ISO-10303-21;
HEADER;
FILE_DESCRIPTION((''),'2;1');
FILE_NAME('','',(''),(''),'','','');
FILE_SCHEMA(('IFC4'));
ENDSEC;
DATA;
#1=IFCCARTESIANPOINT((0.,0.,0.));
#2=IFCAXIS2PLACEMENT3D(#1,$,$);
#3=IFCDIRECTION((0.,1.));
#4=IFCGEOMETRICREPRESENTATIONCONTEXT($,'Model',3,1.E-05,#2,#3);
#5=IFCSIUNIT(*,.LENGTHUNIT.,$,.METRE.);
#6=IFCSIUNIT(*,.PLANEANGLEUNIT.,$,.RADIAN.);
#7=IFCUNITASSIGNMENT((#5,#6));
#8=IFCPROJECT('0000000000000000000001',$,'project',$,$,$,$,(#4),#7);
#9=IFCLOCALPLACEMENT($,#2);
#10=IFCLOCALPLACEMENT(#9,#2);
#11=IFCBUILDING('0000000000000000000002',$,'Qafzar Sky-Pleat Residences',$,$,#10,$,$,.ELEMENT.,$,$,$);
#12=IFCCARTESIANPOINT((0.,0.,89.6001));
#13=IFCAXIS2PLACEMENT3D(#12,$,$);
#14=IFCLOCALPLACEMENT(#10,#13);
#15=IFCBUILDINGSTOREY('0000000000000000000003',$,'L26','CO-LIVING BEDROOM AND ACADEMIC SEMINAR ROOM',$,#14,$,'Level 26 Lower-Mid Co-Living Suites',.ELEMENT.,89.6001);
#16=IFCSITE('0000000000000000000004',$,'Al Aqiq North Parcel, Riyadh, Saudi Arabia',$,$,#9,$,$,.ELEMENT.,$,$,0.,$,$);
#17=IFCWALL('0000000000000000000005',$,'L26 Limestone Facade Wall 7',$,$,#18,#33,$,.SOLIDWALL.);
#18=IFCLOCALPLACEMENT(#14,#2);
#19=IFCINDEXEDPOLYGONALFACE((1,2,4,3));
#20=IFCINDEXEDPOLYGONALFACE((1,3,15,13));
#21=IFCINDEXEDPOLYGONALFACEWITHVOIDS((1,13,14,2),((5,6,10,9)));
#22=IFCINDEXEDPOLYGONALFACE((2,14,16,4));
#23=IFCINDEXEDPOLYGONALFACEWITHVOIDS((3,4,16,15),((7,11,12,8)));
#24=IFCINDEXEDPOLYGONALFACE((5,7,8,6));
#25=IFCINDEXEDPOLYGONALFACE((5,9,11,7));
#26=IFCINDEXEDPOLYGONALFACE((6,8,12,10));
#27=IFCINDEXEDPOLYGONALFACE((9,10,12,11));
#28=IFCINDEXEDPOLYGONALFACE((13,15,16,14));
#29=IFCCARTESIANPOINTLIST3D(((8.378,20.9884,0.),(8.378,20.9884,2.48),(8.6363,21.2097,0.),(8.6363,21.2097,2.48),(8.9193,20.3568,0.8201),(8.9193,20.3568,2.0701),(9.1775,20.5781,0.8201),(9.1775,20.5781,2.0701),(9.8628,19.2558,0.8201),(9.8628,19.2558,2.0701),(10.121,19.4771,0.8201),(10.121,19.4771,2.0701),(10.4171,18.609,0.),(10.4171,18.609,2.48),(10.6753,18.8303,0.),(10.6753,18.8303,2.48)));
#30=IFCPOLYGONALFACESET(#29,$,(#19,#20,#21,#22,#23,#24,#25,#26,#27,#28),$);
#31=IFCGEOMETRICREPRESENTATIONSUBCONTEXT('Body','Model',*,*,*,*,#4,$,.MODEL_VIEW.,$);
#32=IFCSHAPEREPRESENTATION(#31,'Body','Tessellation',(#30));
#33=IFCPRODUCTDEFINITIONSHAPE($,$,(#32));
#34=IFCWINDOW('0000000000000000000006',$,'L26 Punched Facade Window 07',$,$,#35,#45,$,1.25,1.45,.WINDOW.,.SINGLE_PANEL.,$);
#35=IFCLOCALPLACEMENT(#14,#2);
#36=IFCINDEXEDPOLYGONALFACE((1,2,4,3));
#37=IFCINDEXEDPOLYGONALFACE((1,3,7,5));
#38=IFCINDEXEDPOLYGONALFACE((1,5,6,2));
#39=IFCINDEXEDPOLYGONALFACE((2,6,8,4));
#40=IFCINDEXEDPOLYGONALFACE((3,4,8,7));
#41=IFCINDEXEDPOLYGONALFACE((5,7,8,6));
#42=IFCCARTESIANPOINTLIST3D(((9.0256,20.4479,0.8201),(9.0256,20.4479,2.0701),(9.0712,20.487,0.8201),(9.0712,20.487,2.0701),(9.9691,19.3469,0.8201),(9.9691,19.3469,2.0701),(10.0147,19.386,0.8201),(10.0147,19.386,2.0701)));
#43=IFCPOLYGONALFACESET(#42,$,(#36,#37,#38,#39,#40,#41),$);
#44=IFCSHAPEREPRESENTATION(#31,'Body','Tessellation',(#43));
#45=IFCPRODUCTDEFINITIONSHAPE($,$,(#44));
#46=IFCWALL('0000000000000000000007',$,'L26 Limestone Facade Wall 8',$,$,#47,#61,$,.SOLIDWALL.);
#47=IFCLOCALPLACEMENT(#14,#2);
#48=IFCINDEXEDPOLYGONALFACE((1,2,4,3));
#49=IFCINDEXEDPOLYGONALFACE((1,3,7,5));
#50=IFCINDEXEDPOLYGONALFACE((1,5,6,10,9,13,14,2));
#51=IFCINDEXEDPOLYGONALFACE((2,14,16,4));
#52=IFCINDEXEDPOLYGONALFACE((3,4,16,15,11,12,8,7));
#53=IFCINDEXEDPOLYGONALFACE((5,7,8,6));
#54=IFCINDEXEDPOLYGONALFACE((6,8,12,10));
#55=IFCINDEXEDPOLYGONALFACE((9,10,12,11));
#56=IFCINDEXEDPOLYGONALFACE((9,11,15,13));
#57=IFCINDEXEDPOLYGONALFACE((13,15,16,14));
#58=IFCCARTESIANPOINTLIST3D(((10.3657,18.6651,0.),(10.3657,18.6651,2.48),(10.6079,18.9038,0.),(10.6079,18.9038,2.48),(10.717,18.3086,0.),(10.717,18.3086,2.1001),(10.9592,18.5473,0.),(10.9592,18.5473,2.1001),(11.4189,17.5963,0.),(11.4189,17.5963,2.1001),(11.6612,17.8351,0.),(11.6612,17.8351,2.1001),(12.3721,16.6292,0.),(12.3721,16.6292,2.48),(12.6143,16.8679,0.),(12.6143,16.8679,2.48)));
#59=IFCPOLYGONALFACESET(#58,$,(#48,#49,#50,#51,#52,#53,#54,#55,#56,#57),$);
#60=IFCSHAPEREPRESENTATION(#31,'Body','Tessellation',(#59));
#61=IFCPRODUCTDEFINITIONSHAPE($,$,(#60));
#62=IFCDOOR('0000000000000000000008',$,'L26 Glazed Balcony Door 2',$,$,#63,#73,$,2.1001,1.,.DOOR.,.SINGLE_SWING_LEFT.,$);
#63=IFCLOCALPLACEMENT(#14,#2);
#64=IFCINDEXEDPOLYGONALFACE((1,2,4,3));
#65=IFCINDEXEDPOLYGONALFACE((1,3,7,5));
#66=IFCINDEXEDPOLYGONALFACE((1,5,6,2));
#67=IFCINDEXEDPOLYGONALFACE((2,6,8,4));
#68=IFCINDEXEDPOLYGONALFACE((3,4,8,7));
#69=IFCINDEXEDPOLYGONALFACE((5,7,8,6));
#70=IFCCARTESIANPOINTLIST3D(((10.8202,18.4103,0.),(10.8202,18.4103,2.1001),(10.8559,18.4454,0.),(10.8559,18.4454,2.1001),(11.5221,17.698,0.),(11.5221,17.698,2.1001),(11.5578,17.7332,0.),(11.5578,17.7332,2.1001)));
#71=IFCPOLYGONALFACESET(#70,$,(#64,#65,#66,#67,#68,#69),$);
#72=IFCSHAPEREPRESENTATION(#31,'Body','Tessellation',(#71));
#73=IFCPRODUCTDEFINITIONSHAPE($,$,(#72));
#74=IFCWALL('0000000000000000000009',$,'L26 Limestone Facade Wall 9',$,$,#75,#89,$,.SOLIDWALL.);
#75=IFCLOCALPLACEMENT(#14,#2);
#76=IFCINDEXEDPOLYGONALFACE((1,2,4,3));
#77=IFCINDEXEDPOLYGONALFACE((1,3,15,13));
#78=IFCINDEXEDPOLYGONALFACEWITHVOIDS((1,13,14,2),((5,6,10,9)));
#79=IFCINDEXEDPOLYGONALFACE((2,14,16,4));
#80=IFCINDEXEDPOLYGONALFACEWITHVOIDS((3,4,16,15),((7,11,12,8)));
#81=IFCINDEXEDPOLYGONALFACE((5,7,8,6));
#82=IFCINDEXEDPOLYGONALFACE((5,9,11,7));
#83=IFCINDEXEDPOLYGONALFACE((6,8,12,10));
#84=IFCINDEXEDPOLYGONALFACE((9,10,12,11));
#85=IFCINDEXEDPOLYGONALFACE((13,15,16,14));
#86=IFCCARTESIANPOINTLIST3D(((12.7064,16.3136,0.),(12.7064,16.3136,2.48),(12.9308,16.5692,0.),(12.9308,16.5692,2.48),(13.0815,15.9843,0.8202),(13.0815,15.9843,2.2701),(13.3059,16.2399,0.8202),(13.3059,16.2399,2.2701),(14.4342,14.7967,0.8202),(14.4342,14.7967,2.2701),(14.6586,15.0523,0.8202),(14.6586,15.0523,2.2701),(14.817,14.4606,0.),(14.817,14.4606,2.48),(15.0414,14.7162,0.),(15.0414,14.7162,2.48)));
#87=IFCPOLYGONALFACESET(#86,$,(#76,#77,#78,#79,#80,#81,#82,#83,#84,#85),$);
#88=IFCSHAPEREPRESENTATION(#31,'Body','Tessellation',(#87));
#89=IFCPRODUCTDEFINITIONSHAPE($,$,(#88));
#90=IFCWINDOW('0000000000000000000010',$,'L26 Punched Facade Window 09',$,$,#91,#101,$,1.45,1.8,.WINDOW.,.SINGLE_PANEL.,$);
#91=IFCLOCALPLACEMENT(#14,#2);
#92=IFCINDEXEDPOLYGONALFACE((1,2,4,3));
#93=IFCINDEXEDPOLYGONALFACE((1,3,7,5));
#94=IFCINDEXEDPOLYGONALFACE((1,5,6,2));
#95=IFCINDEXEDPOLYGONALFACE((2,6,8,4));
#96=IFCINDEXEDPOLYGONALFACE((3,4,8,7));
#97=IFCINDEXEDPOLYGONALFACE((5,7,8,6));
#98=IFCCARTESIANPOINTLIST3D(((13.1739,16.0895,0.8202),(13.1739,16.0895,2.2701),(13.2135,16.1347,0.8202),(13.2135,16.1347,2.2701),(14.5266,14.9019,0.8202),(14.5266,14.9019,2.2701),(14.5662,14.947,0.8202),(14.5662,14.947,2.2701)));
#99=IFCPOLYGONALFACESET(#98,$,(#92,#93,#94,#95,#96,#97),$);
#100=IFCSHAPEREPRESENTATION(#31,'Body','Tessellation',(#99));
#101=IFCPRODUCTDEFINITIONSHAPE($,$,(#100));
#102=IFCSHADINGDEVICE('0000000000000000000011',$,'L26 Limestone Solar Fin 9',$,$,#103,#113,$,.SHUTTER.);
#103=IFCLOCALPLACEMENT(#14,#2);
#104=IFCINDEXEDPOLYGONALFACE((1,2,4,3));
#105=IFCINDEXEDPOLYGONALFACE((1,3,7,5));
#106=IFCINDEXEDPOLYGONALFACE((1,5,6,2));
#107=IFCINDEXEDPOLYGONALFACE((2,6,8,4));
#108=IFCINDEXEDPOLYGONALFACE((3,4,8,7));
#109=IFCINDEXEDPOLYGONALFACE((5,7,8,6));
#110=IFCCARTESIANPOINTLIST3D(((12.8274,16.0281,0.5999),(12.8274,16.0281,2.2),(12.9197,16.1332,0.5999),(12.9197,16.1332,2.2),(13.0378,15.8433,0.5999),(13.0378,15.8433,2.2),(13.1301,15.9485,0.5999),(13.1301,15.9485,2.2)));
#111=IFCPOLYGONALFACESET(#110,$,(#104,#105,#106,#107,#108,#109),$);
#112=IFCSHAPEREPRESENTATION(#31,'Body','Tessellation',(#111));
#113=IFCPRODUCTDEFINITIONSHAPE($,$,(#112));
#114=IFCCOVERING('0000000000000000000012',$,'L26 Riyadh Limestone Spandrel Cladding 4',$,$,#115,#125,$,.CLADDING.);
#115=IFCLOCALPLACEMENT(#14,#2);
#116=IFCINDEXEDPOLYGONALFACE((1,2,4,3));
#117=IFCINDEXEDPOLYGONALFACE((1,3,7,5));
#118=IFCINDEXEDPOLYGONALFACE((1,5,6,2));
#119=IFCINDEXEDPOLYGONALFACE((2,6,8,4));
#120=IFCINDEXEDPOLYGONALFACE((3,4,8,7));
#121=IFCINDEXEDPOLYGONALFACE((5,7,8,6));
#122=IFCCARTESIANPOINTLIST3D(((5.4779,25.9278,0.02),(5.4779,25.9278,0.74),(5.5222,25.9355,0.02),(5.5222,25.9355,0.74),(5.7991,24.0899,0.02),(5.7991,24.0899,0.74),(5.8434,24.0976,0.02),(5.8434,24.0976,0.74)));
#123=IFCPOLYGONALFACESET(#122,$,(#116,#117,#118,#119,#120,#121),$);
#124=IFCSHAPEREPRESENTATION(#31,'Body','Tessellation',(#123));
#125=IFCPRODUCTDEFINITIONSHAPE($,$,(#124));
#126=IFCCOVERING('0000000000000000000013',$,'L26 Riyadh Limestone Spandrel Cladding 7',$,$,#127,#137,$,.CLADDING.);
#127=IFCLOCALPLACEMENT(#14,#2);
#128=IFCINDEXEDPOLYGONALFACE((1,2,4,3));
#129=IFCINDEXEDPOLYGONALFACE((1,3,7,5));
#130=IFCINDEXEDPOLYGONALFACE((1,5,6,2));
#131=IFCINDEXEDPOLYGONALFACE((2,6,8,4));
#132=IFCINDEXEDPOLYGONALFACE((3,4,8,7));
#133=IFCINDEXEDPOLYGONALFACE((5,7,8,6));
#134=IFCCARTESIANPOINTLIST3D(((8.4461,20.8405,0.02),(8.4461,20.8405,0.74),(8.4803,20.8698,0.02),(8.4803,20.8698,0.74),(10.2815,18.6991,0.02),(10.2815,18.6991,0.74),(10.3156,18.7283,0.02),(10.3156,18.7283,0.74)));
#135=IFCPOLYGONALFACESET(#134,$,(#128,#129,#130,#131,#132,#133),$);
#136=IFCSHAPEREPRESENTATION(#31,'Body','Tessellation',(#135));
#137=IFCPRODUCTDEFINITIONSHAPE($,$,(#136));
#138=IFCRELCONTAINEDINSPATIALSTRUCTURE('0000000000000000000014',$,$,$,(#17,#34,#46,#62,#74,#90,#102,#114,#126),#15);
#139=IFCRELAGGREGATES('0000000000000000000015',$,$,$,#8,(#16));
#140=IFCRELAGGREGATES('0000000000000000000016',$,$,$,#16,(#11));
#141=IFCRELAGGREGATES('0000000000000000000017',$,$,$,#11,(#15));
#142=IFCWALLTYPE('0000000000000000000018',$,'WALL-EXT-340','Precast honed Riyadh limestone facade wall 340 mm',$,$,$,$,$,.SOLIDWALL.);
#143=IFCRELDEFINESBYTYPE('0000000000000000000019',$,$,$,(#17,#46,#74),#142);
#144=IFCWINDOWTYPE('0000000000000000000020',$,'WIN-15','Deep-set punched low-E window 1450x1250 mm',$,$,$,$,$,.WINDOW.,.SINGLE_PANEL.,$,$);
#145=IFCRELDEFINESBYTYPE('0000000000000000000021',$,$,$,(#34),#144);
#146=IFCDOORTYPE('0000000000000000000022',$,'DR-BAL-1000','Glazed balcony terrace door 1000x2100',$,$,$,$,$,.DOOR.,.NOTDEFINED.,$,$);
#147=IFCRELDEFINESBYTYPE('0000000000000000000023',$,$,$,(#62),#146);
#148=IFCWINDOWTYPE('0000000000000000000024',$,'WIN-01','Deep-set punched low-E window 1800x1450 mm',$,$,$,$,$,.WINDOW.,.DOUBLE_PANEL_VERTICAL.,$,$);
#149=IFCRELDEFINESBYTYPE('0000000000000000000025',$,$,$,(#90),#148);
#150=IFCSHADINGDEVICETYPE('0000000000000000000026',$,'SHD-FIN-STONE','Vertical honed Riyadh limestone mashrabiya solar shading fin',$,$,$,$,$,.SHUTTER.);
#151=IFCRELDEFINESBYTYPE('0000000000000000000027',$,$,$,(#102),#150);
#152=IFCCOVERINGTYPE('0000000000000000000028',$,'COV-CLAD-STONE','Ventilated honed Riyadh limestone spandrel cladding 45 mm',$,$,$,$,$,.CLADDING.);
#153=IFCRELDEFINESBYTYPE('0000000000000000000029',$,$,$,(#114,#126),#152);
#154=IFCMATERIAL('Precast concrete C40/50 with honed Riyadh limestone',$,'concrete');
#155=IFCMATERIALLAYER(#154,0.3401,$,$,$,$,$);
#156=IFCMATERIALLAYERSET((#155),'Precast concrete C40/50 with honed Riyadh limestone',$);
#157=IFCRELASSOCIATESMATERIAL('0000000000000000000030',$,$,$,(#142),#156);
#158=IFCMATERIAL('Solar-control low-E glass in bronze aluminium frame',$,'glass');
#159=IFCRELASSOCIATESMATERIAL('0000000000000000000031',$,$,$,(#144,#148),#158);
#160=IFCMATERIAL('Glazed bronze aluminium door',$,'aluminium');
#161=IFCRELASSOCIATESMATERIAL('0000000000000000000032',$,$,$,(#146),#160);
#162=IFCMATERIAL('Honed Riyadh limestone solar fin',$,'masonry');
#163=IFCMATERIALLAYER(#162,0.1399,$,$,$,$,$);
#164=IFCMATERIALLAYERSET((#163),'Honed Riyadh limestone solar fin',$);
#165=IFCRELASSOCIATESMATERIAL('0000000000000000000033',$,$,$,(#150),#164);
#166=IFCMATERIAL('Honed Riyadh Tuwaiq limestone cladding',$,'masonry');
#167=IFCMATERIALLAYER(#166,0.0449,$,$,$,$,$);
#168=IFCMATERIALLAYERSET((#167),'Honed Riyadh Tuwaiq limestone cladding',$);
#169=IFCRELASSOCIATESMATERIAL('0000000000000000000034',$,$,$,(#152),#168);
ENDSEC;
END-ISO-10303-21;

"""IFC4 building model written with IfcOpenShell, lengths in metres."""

from ifc_helpers import new_model, si_unit, direction, frame, frame_2d, origin, origin_2d, place, context, subcontext, project, spatial, rectangle, extrude, source, transform, mapped, material, layer, layer_set, type_object, element, fill, save


model = new_model("IFC4")

# Units and contexts
model_context = context("Model", 3, precision=1e-05, world=origin(), true_north=direction((0.0, 1.0)))
body_context = subcontext(model_context, "Body", "Model", "MODEL_VIEW")
ifc_project = project(units=[si_unit("LENGTHUNIT", "METRE"), si_unit("PLANEANGLEUNIT", "RADIAN")], contexts=[model_context])

# Site, building, storey
site_placement = place(None, origin())
site = spatial("IfcSite", under=ifc_project, at=site_placement, Name="Al Aqiq North Parcel, Riyadh, Saudi Arabia", CompositionType="ELEMENT", RefElevation=0.0)
building_placement = place(site_placement, origin())
building = spatial("IfcBuilding", under=site, at=building_placement, Name="Qafzar Sky-Pleat Residences", CompositionType="ELEMENT")
storey_placement = place(building_placement, frame((0.0, 0.0, 89.6001)))
storey = spatial("IfcBuildingStorey", under=building, at=storey_placement, Name="L26", Description="CO-LIVING BEDROOM AND ACADEMIC SEMINAR ROOM", LongName="Level 26 Lower-Mid Co-Living Suites", CompositionType="ELEMENT", Elevation=89.6001)

# Shared definitions
ifc_material_1 = material(Name="Precast concrete C40/50 with honed Riyadh limestone", Category="concrete")
ifc_layer_1 = layer(ifc_material_1, 0.3401)
ifc_layer_set_1 = layer_set([ifc_layer_1], Name="Precast concrete C40/50 with honed Riyadh limestone")
wall_type_1 = type_object("IfcWallType", Name="WALL-EXT-340", Description="Precast honed Riyadh limestone facade wall 340 mm", PredefinedType="SOLIDWALL", material=ifc_layer_set_1)
ifc_material_2 = material(Name="Solar-control low-E glass in bronze aluminium frame", Category="glass")

# Wall, opening, window
window_type_1 = type_object("IfcWindowType", Name="WIN-15", Description="Deep-set punched low-E window 1450x1250 mm", PartitioningType="SINGLE_PANEL", PredefinedType="WINDOW", material=ifc_material_2)
shared_shape_1 = source(origin(), body_context, "Body", "SweptSolid", [
    extrude(rectangle(XDim=1.45, YDim=1.25, at=frame_2d((0.7251, 0.625))), frame((0.0, 0.03, 0.0), z_axis=(0.0, -1.0, 0.0), x_axis=(1.0, 0.0, 0.0)), (0.0, 0.0, 1.0), 0.0601),
])
wall_1_placement = place(storey_placement, frame((8.5071, 21.0991, 0.0), z_axis=(0.0, 0.0, 1.0), x_axis=(0.650714, -0.759323, 0.0)))
wall_1 = element("IfcWall", 1, at=wall_1_placement, inside=storey, type_object=wall_type_1, Name="L26 Limestone Facade Wall 7", PredefinedType="SOLIDWALL", context=body_context, shape_type="SweptSolid", body=[
    extrude(rectangle(XDim=3.1335, YDim=0.3401, at=frame_2d((1.5669, 0.0))), origin(), (0.0, 0.0, 1.0), 2.48),
])
opening_1_placement = place(wall_1_placement, frame((0.8318, 0.0, 0.8201)))
opening_1 = element("IfcOpeningElement", 2, at=opening_1_placement, cuts=wall_1, PredefinedType="OPENING", context=body_context, shape_type="SweptSolid", body=[
    extrude(rectangle(XDim=1.45, YDim=1.25, at=frame_2d((0.7251, 0.625))), frame((0.0, 0.1802, 0.0), z_axis=(0.0, -1.0, 0.0), x_axis=(1.0, 0.0, 0.0)), (0.0, 0.0, 1.0), 0.3601),
])
window_1_placement = place(opening_1_placement, origin())
window_1 = element("IfcWindow", 3, at=window_1_placement, inside=storey, type_object=window_type_1, Name="L26 Punched Facade Window 07", OverallHeight=1.25, OverallWidth=1.45, PartitioningType="SINGLE_PANEL", PredefinedType="WINDOW", context=body_context, shape_type="MappedRepresentation", body=[
    mapped(shared_shape_1, transform((0.0, 0.0, 0.0), x_axis=(1.0, 0.0, 0.0), y_axis=(0.0, 1.0, 0.0), z_axis=(0.0, 0.0, 1.0), scale=1.0)),
])
fill(opening_1, window_1)

# Wall, opening, door
wall_2_placement = place(storey_placement, frame((10.4868, 18.7844, 0.0), z_axis=(0.0, 0.0, 1.0), x_axis=(0.70192, -0.712255, 0.0)))
wall_2 = element("IfcWall", 4, at=wall_2_placement, inside=storey, type_object=wall_type_1, Name="L26 Limestone Facade Wall 8", PredefinedType="SOLIDWALL", context=body_context, shape_type="SweptSolid", body=[
    extrude(rectangle(XDim=2.8584, YDim=0.3401, at=frame_2d((1.4292, 0.0))), origin(), (0.0, 0.0, 1.0), 2.48),
])
opening_2_placement = place(wall_2_placement, frame((0.5005, 0.0, 0.0)))
opening_2 = element("IfcOpeningElement", 5, at=opening_2_placement, cuts=wall_2, PredefinedType="OPENING", context=body_context, shape_type="SweptSolid", body=[
    extrude(rectangle(XDim=1.0, YDim=2.1001, at=frame_2d((0.5, 1.05))), frame((0.0, 0.1802, 0.0), z_axis=(0.0, -1.0, 0.0), x_axis=(1.0, 0.0, 0.0)), (0.0, 0.0, 1.0), 0.3601),
])
ifc_material_3 = material(Name="Glazed bronze aluminium door", Category="aluminium")
door_type = type_object("IfcDoorType", Name="DR-BAL-1000", Description="Glazed balcony terrace door 1000x2100", OperationType="NOTDEFINED", PredefinedType="DOOR", material=ifc_material_3)
shared_shape_2 = source(origin(), body_context, "Body", "SweptSolid", [
    extrude(rectangle(XDim=1.0, YDim=2.1001, at=frame_2d((0.5, 1.05))), frame((0.0, 0.0249, 0.0), z_axis=(0.0, -1.0, 0.0), x_axis=(1.0, 0.0, 0.0)), (0.0, 0.0, 1.0), 0.05),
])
door_placement = place(opening_2_placement, origin())
door = element("IfcDoor", 6, at=door_placement, inside=storey, type_object=door_type, Name="L26 Glazed Balcony Door 2", OperationType="SINGLE_SWING_LEFT", OverallHeight=2.1001, OverallWidth=1.0, PredefinedType="DOOR", context=body_context, shape_type="MappedRepresentation", body=[
    mapped(shared_shape_2, transform((0.0, 0.0, 0.0), x_axis=(1.0, 0.0, 0.0), y_axis=(0.0, 1.0, 0.0), z_axis=(0.0, 0.0, 1.0), scale=1.0)),
])
fill(opening_2, door)

# Wall, opening, window
wall_3_placement = place(storey_placement, frame((12.8186, 16.4414, 0.0), z_axis=(0.0, 0.0, 1.0), x_axis=(0.751472, -0.659765, 0.0)))
wall_3 = element("IfcWall", 7, at=wall_3_placement, inside=storey, type_object=wall_type_1, Name="L26 Limestone Facade Wall 9", PredefinedType="SOLIDWALL", context=body_context, shape_type="SweptSolid", body=[
    extrude(rectangle(XDim=2.8086, YDim=0.3401, at=frame_2d((1.4043, 0.0))), origin(), (0.0, 0.0, 1.0), 2.48),
])
opening_3_placement = place(wall_3_placement, frame((0.4993, 0.0, 0.8201)))
opening_3 = element("IfcOpeningElement", 8, at=opening_3_placement, cuts=wall_3, PredefinedType="OPENING", context=body_context, shape_type="SweptSolid", body=[
    extrude(rectangle(XDim=1.8, YDim=1.45, at=frame_2d((0.8999, 0.7251))), frame((0.0, 0.1802, 0.0), z_axis=(0.0, -1.0, 0.0), x_axis=(1.0, 0.0, 0.0)), (0.0, 0.0, 1.0), 0.3601),
])
window_type_2 = type_object("IfcWindowType", Name="WIN-01", Description="Deep-set punched low-E window 1800x1450 mm", PartitioningType="DOUBLE_PANEL_VERTICAL", PredefinedType="WINDOW", material=ifc_material_2)
shared_shape_3 = source(origin(), body_context, "Body", "SweptSolid", [
    extrude(rectangle(XDim=1.8, YDim=1.45, at=frame_2d((0.8999, 0.7251))), frame((0.0, 0.03, 0.0), z_axis=(0.0, -1.0, 0.0), x_axis=(1.0, 0.0, 0.0)), (0.0, 0.0, 1.0), 0.0601),
])
window_2_placement = place(opening_3_placement, origin())
window_2 = element("IfcWindow", 9, at=window_2_placement, inside=storey, type_object=window_type_2, Name="L26 Punched Facade Window 09", OverallHeight=1.45, OverallWidth=1.8, PartitioningType="SINGLE_PANEL", PredefinedType="WINDOW", context=body_context, shape_type="MappedRepresentation", body=[
    mapped(shared_shape_3, transform((0.0, 0.0, 0.0), x_axis=(1.0, 0.0, 0.0), y_axis=(0.0, 1.0, 0.0), z_axis=(0.0, 0.0, 1.0), scale=1.0)),
])
fill(opening_3, window_2)

# Shading device
ifc_material_4 = material(Name="Honed Riyadh limestone solar fin", Category="masonry")
ifc_layer_2 = layer(ifc_material_4, 0.1399)
ifc_layer_set_2 = layer_set([ifc_layer_2], Name="Honed Riyadh limestone solar fin")
shading_device_type = type_object("IfcShadingDeviceType", Name="SHD-FIN-STONE", Description="Vertical honed Riyadh limestone mashrabiya solar shading fin", PredefinedType="SHUTTER", material=ifc_layer_set_2)
shared_shape_4 = source(origin(), body_context, "Body", "SweptSolid", [
    extrude(rectangle(XDim=0.1399, YDim=0.28, at=origin_2d()), origin(), (0.0, 0.0, 1.0), 1.6001),
])
shading_device_placement = place(storey_placement, frame((12.9788, 15.9883, 0.5999), z_axis=(0.0, 0.0, 1.0), x_axis=(-0.659726, -0.751506, 0.0)))
element("IfcShadingDevice", 10, at=shading_device_placement, inside=storey, type_object=shading_device_type, Name="L26 Limestone Solar Fin 9", PredefinedType="SHUTTER", context=body_context, shape_type="MappedRepresentation", body=[
    mapped(shared_shape_4, transform((0.0, 0.0, 0.0), x_axis=(1.0, 0.0, 0.0), y_axis=(0.0, 1.0, 0.0), z_axis=(0.0, 0.0, 1.0), scale=1.0)),
])

# Covering
ifc_material_5 = material(Name="Honed Riyadh Tuwaiq limestone cladding", Category="masonry")
ifc_layer_3 = layer(ifc_material_5, 0.0449)
ifc_layer_set_3 = layer_set([ifc_layer_3], Name="Honed Riyadh Tuwaiq limestone cladding")
covering_type = type_object("IfcCoveringType", Name="COV-CLAD-STONE", Description="Ventilated honed Riyadh limestone spandrel cladding 45 mm", PredefinedType="CLADDING", material=ifc_layer_set_3)
shared_shape_5 = source(origin(), body_context, "Body", "SweptSolid", [
    extrude(rectangle(XDim=1.8657, YDim=0.0449, at=origin_2d()), origin(), (0.0, 0.0, 1.0), 0.72),
])
covering_1_placement = place(storey_placement, frame((5.6606, 25.0127, 0.02), z_axis=(0.0, 0.0, 1.0), x_axis=(0.172162, -0.985069, 0.0)))
element("IfcCovering", 11, at=covering_1_placement, inside=storey, type_object=covering_type, Name="L26 Riyadh Limestone Spandrel Cladding 4", PredefinedType="CLADDING", context=body_context, shape_type="MappedRepresentation", body=[
    mapped(shared_shape_5, transform((0.0, 0.0, 0.0), x_axis=(1.0, 0.0, 0.0), y_axis=(0.0, 1.0, 0.0), z_axis=(0.0, 0.0, 1.0), scale=1.0)),
])

# Covering
shared_shape_6 = source(origin(), body_context, "Body", "SweptSolid", [
    extrude(rectangle(XDim=2.8203, YDim=0.0449, at=origin_2d()), origin(), (0.0, 0.0, 1.0), 0.72),
])
covering_2_placement = place(storey_placement, frame((9.3809, 19.7844, 0.02), z_axis=(0.0, 0.0, 1.0), x_axis=(0.650752, -0.75929, 0.0)))
element("IfcCovering", 12, at=covering_2_placement, inside=storey, type_object=covering_type, Name="L26 Riyadh Limestone Spandrel Cladding 7", PredefinedType="CLADDING", context=body_context, shape_type="MappedRepresentation", body=[
    mapped(shared_shape_6, transform((0.0, 0.0, 0.0), x_axis=(1.0, 0.0, 0.0), y_axis=(0.0, 1.0, 0.0), z_axis=(0.0, 0.0, 1.0), scale=1.0)),
])

save(model, "model.ifc")
